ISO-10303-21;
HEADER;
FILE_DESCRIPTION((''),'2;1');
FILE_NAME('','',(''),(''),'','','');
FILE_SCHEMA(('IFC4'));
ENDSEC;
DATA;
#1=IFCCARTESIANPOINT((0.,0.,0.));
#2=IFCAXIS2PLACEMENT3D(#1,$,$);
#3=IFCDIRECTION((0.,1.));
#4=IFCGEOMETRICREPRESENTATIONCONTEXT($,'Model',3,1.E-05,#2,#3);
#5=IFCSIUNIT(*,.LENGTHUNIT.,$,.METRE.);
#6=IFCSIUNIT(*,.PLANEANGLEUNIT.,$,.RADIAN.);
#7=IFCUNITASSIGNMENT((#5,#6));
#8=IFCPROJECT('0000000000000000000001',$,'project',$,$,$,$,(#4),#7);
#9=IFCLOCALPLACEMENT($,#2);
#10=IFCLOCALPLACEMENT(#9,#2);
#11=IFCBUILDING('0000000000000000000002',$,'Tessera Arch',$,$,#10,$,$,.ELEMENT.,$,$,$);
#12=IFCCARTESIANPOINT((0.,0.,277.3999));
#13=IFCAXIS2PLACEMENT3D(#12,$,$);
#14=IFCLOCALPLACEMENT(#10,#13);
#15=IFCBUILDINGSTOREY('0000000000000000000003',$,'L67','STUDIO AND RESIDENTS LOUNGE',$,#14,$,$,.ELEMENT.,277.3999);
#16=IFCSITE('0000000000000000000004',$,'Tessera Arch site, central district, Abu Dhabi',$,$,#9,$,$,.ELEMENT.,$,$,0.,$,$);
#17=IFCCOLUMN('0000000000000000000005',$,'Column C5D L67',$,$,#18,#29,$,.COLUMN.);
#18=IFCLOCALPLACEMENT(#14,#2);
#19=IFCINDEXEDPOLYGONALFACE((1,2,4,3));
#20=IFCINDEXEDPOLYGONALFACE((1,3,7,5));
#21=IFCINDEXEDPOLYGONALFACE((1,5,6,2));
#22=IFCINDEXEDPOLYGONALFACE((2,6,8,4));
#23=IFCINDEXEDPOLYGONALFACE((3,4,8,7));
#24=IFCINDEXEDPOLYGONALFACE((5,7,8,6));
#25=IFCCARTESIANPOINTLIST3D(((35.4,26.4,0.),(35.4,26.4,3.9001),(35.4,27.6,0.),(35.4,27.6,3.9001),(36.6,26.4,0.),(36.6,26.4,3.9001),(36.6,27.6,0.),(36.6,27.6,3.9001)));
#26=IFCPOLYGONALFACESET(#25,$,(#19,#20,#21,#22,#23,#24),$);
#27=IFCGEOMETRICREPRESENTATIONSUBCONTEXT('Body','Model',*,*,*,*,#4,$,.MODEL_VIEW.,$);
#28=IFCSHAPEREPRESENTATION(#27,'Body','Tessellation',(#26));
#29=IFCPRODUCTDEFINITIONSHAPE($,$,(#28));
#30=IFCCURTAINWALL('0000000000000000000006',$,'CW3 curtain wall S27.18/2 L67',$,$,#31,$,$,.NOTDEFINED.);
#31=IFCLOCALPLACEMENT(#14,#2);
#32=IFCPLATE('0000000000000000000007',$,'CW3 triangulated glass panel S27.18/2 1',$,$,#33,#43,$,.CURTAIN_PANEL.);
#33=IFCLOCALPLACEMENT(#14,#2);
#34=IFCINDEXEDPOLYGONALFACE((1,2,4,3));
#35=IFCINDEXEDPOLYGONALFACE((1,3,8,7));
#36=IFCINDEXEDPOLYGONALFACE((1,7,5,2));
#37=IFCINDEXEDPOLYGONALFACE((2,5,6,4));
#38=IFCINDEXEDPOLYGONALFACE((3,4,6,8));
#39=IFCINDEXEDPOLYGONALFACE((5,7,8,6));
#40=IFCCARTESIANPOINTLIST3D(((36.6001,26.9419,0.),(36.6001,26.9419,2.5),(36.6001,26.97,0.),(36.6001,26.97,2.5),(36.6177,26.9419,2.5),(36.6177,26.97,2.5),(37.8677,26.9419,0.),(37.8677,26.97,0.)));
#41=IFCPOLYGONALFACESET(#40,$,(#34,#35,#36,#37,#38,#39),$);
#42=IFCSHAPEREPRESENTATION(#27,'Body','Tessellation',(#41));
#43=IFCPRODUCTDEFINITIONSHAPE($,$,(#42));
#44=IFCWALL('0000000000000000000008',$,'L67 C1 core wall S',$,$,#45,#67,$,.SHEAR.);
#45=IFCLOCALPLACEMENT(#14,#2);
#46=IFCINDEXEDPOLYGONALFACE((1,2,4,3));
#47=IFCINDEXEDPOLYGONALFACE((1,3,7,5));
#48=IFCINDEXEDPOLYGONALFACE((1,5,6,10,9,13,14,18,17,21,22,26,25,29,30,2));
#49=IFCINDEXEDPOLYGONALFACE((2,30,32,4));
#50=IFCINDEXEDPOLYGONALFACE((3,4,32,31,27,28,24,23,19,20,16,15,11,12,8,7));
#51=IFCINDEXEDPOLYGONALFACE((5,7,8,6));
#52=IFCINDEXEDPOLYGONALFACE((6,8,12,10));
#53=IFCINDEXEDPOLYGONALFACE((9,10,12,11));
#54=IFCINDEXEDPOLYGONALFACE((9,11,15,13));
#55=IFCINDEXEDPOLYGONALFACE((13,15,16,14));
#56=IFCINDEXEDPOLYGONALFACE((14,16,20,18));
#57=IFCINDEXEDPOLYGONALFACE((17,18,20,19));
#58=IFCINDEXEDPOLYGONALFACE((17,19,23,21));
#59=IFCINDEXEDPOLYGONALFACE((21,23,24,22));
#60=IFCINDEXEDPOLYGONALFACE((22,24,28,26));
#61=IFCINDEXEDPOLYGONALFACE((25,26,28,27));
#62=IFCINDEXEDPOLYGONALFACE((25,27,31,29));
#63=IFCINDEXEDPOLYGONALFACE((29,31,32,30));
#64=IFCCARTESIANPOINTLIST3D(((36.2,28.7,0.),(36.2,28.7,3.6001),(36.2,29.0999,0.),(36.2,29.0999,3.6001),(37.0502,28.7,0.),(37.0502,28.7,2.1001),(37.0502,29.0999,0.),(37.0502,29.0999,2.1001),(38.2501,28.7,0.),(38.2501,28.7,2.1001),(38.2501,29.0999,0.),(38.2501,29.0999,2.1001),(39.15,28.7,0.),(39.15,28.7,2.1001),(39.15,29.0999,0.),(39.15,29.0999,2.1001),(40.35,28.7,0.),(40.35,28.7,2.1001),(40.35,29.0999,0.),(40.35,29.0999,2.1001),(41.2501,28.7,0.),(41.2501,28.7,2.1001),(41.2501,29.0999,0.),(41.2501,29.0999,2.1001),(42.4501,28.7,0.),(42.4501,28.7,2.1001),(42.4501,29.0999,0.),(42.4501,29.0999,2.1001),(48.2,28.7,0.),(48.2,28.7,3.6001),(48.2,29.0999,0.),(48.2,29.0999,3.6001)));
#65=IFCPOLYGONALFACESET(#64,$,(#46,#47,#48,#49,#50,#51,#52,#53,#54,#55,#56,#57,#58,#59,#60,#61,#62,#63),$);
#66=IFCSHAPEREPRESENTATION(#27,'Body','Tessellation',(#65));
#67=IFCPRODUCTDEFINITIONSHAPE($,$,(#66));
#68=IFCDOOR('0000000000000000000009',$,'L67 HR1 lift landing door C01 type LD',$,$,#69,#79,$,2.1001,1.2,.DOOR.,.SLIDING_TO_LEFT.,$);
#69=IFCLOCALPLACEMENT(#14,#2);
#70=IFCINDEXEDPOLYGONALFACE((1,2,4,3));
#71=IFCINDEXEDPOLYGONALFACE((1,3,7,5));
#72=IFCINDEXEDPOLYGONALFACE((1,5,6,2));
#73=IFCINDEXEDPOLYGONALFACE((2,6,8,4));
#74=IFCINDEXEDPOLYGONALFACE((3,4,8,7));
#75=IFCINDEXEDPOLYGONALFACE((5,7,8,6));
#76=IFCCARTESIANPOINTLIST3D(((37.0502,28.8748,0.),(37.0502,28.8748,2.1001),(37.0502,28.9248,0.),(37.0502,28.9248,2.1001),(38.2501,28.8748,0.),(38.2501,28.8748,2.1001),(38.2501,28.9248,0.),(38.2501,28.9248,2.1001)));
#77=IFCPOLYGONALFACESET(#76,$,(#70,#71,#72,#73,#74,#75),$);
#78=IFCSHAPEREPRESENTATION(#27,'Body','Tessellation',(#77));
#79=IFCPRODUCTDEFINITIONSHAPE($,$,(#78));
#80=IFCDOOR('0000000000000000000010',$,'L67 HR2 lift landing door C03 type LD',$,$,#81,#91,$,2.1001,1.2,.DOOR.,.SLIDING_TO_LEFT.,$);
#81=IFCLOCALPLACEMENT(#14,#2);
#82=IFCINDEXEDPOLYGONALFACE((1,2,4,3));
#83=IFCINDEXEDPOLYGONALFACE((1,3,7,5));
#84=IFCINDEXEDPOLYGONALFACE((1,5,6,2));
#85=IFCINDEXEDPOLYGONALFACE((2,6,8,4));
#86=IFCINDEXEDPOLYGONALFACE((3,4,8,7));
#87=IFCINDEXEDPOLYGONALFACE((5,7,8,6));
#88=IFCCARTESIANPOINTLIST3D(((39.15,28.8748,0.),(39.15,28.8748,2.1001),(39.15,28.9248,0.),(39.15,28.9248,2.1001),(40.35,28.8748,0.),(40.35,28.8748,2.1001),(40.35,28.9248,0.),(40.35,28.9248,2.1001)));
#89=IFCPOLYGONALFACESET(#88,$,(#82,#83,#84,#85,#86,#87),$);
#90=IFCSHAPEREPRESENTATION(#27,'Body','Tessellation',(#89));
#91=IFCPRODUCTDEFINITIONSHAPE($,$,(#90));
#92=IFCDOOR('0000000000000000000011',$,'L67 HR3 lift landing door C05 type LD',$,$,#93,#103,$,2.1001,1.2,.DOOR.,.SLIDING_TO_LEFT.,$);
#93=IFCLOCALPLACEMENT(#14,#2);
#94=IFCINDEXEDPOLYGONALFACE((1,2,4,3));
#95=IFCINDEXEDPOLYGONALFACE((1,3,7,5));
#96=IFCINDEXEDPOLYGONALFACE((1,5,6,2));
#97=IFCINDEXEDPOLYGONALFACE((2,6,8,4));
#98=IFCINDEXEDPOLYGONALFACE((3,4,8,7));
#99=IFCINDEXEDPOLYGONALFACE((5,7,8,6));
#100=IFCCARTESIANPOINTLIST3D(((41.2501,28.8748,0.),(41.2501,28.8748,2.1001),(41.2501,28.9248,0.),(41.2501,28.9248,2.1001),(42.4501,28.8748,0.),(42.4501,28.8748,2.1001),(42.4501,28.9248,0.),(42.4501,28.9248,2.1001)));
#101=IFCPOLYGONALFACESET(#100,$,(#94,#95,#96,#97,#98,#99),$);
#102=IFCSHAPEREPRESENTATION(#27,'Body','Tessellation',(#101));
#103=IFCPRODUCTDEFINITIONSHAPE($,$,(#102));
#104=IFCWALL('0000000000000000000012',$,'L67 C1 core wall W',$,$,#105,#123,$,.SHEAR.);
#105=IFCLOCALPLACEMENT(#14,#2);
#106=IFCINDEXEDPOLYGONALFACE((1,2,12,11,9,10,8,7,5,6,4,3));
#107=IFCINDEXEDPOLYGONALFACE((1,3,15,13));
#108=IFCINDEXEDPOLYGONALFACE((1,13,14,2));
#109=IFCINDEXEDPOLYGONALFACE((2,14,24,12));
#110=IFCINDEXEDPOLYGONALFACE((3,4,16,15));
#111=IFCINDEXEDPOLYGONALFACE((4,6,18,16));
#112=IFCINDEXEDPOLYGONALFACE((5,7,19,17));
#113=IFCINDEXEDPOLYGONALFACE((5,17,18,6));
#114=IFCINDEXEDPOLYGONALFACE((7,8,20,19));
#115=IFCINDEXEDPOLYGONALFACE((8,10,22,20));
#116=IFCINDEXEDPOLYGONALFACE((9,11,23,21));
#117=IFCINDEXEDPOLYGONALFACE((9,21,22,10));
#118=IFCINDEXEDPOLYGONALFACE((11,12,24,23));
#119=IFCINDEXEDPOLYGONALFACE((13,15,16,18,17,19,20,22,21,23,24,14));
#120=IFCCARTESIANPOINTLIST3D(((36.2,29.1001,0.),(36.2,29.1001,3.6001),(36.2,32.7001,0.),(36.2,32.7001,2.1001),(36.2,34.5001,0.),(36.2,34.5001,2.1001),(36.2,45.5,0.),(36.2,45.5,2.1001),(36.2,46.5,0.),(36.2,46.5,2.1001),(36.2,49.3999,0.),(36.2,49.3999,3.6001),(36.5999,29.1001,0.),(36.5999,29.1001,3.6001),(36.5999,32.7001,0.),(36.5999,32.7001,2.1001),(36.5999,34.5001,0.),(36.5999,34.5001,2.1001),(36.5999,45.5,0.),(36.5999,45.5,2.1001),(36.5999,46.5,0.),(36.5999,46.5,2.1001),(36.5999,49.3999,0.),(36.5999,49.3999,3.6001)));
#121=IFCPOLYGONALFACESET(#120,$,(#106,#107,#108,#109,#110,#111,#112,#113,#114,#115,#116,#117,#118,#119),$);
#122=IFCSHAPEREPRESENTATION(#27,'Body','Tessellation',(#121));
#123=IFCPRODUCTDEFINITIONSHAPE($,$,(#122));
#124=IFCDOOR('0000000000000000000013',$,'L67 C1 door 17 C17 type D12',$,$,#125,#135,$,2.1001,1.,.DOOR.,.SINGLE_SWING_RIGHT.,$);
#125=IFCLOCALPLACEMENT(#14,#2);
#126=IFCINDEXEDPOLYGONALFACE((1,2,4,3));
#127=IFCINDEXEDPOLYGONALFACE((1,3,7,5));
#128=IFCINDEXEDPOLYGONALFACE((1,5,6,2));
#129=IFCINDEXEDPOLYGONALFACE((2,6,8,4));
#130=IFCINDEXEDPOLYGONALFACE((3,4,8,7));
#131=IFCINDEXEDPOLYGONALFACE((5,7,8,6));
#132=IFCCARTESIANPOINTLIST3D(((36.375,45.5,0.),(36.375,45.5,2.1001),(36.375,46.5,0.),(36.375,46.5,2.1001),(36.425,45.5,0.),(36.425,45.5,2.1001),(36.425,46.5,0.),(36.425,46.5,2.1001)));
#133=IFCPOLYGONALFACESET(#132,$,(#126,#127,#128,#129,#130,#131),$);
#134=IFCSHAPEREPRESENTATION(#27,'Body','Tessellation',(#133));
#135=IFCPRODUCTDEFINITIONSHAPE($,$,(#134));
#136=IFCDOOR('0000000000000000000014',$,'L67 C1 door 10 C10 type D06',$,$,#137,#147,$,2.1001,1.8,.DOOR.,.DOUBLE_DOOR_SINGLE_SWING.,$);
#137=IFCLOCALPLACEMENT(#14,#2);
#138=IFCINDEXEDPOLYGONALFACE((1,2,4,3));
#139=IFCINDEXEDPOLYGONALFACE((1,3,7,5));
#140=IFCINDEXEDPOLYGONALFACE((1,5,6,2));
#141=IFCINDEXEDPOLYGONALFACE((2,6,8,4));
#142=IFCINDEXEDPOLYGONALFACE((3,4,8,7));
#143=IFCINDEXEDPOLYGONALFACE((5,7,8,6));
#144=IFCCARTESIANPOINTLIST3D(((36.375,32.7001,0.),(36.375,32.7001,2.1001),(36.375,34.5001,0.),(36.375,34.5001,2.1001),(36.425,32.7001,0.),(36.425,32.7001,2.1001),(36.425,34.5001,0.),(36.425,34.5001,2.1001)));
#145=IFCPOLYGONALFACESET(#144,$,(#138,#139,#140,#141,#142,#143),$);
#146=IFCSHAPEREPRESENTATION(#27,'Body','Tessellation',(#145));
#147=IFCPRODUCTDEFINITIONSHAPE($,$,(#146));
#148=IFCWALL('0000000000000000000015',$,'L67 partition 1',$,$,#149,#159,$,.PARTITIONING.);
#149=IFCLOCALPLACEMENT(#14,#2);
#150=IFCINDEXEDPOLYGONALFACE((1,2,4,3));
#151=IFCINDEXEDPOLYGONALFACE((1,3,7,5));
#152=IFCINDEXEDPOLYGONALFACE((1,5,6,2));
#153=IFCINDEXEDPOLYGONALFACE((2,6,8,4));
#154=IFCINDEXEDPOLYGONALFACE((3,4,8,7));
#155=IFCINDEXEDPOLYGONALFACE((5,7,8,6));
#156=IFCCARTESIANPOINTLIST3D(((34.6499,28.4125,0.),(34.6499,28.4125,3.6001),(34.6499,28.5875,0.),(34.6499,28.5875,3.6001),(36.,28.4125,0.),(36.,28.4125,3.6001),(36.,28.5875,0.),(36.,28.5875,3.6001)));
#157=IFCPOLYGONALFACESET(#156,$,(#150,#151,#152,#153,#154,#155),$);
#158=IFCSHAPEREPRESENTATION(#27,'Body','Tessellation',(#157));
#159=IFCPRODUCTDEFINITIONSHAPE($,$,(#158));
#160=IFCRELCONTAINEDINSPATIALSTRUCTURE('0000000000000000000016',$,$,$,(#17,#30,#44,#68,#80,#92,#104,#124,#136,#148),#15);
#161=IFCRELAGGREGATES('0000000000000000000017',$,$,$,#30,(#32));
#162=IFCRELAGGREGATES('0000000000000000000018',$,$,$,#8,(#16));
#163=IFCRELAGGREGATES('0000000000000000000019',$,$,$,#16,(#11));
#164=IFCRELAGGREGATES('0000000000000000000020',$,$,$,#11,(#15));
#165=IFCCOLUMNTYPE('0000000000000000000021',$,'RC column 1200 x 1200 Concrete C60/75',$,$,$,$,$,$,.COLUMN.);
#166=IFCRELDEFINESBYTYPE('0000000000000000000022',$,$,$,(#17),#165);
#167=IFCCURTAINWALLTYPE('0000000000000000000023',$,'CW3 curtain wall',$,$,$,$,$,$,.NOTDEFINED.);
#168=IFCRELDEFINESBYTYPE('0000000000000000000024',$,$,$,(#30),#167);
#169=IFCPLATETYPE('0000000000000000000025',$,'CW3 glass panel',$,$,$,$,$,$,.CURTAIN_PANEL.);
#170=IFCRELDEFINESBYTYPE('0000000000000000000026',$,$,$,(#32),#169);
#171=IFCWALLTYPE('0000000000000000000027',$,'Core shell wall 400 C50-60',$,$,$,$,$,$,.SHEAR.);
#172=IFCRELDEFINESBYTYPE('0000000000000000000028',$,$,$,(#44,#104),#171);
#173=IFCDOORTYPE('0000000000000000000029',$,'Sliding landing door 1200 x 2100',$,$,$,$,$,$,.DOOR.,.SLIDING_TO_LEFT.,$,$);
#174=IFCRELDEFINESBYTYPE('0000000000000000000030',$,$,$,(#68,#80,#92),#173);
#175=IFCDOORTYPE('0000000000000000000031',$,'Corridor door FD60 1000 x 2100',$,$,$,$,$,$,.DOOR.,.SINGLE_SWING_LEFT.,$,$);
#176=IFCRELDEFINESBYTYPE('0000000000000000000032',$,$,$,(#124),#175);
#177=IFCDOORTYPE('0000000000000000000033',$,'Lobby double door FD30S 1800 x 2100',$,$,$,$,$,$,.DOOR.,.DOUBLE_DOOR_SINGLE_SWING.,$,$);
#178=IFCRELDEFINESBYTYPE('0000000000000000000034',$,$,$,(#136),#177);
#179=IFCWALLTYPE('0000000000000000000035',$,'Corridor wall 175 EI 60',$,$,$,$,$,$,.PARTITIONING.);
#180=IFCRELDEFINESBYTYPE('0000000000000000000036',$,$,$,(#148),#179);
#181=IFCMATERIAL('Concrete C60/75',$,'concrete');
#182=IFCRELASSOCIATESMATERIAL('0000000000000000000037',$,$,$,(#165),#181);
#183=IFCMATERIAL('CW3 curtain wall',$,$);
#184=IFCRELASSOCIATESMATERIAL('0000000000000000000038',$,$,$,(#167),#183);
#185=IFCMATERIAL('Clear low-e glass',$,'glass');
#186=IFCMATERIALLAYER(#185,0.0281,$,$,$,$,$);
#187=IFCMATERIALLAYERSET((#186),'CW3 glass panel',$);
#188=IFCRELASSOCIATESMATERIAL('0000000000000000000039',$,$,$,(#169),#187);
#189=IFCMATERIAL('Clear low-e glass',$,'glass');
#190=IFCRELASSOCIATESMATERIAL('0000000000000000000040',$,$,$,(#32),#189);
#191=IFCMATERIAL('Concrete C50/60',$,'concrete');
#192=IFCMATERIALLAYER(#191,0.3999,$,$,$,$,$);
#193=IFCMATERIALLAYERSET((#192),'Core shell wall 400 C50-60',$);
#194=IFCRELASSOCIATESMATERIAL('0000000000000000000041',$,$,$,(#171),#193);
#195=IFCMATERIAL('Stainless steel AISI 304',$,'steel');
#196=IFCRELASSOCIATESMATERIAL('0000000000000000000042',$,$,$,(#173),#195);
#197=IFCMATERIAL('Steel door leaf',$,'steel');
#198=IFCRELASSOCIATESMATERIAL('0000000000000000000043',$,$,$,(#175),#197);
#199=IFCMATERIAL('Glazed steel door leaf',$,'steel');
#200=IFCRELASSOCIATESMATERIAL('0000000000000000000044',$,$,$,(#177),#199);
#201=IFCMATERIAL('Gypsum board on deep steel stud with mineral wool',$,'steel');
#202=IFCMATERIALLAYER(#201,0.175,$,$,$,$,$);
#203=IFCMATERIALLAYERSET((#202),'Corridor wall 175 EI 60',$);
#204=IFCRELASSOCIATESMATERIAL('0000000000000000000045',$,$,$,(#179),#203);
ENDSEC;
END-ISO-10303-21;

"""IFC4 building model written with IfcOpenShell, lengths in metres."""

from ifc_helpers import new_model, si_unit, direction, frame, frame_2d, origin, origin_2d, place, context, subcontext, project, spatial, polyline, rectangle, outline, extrude, material, layer, layer_set, material_profile, profile_set, type_object, element, fill, aggregate, save


model = new_model("IFC4")

# Units and contexts
model_context = context("Model", 3, precision=1e-05, world=origin(), true_north=direction((0.0, 1.0)))
body_context = subcontext(model_context, "Body", "Model", "MODEL_VIEW")
ifc_project = project(units=[si_unit("LENGTHUNIT", "METRE"), si_unit("PLANEANGLEUNIT", "RADIAN")], contexts=[model_context])

# Site, building, storey
site_placement = place(None, origin())
site = spatial("IfcSite", under=ifc_project, at=site_placement, Name="Tessera Arch site, central district, Abu Dhabi", CompositionType="ELEMENT", RefElevation=0.0)
building_placement = place(site_placement, origin())
building = spatial("IfcBuilding", under=site, at=building_placement, Name="Tessera Arch", CompositionType="ELEMENT")
storey_placement = place(building_placement, frame((0.0, 0.0, 277.3999)))
storey = spatial("IfcBuildingStorey", under=building, at=storey_placement, Name="L67", Description="STUDIO AND RESIDENTS LOUNGE", CompositionType="ELEMENT", Elevation=277.3999)

# Column
ifc_material_1 = material(Name="Concrete C60/75", Category="concrete")
ifc_material_profile = material_profile(ifc_material_1, rectangle(XDim=1.2, YDim=1.2, at=origin_2d()), Name="RC column 1200 x 1200 Concrete C60/75")
ifc_profile_set = profile_set([ifc_material_profile], Name="Concrete C60/75")
column_type = type_object("IfcColumnType", Name="RC column 1200 x 1200 Concrete C60/75", PredefinedType="COLUMN", material=ifc_profile_set)
column_placement = place(storey_placement, frame((36.0, 27.0, 0.0), z_axis=(0.0, 0.0, 1.0), x_axis=(1.0, 0.0, 0.0)))
element("IfcColumn", 1, at=column_placement, inside=storey, type_object=column_type, Name="Column C5D L67", PredefinedType="COLUMN", context=body_context, shape_type="SweptSolid", body=[
    extrude(rectangle(XDim=1.2, YDim=1.2, at=origin_2d()), origin(), (0.0, 0.0, 1.0), 3.9001),
])

# Curtain wall, plate
ifc_material_2 = material(Name="CW3 curtain wall")
curtain_wall_type = type_object("IfcCurtainWallType", Name="CW3 curtain wall", PredefinedType="NOTDEFINED", material=ifc_material_2)
curtain_wall_placement = place(storey_placement, origin())
curtain_wall = element("IfcCurtainWall", 2, at=curtain_wall_placement, inside=storey, type_object=curtain_wall_type, Name="CW3 curtain wall S27.18/2 L67", PredefinedType="NOTDEFINED")
ifc_material_3 = material(Name="Clear low-e glass", Category="glass")
ifc_material_4 = material(Name="Clear low-e glass", Category="glass")
ifc_layer_1 = layer(ifc_material_4, 0.0281)
ifc_layer_set_1 = layer_set([ifc_layer_1], Name="CW3 glass panel")
plate_type = type_object("IfcPlateType", Name="CW3 glass panel", PredefinedType="CURTAIN_PANEL", material=ifc_layer_set_1)
plate_placement = place(storey_placement, frame((36.6001, 26.9419, 0.0), z_axis=(0.0, -1.0, 0.0), x_axis=(1.0, 0.0, 0.0)))
plate = element("IfcPlate", 3, at=plate_placement, type_object=plate_type, material=ifc_material_3, Name="CW3 triangulated glass panel S27.18/2 1", PredefinedType="CURTAIN_PANEL", context=body_context, shape_type="SweptSolid", body=[
    extrude(outline(polyline([(0.0, 0.0), (1.2676, 0.0), (0.0176, 2.5), (0.0, 2.5), (0.0, 0.0)])), origin(), (0.0, 0.0, -1.0), 0.0281),
])
aggregate(curtain_wall, [plate])

# Walls, openings, doors
ifc_material_5 = material(Name="Concrete C50/60", Category="concrete")
ifc_layer_2 = layer(ifc_material_5, 0.3999)
ifc_layer_set_2 = layer_set([ifc_layer_2], Name="Core shell wall 400 C50-60")
wall_type_1 = type_object("IfcWallType", Name="Core shell wall 400 C50-60", PredefinedType="SHEAR", material=ifc_layer_set_2)
wall_1_placement = place(storey_placement, frame((36.2, 28.8999, 0.0), z_axis=(0.0, 0.0, 1.0), x_axis=(1.0, 0.0, 0.0)))
wall_1 = element("IfcWall", 4, at=wall_1_placement, inside=storey, type_object=wall_type_1, Name="L67 C1 core wall S", PredefinedType="SHEAR", context=body_context, shape_type="SweptSolid", body=[
    extrude(rectangle(XDim=12.0, YDim=0.3999, at=frame_2d((6.0, 0.0))), origin(), (0.0, 0.0, 1.0), 3.6001),
])
opening_1_placement = place(wall_1_placement, frame((0.8501, 0.0, 0.0)))
opening_1 = element("IfcOpeningElement", 5, at=opening_1_placement, cuts=wall_1, PredefinedType="OPENING", context=body_context, shape_type="SweptSolid", body=[
    extrude(rectangle(XDim=1.2, YDim=2.1001, at=frame_2d((0.6001, 1.05))), frame((0.0, 0.21, 0.0), z_axis=(0.0, -1.0, 0.0), x_axis=(1.0, 0.0, 0.0)), (0.0, 0.0, 1.0), 0.4199),
])
opening_2_placement = place(wall_1_placement, frame((2.95, 0.0, 0.0)))
opening_2 = element("IfcOpeningElement", 6, at=opening_2_placement, cuts=wall_1, PredefinedType="OPENING", context=body_context, shape_type="SweptSolid", body=[
    extrude(rectangle(XDim=1.2, YDim=2.1001, at=frame_2d((0.6001, 1.05))), frame((0.0, 0.21, 0.0), z_axis=(0.0, -1.0, 0.0), x_axis=(1.0, 0.0, 0.0)), (0.0, 0.0, 1.0), 0.4199),
])
opening_3_placement = place(wall_1_placement, frame((5.05, 0.0, 0.0)))
opening_3 = element("IfcOpeningElement", 7, at=opening_3_placement, cuts=wall_1, PredefinedType="OPENING", context=body_context, shape_type="SweptSolid", body=[
    extrude(rectangle(XDim=1.2, YDim=2.1001, at=frame_2d((0.6001, 1.05))), frame((0.0, 0.21, 0.0), z_axis=(0.0, -1.0, 0.0), x_axis=(1.0, 0.0, 0.0)), (0.0, 0.0, 1.0), 0.4199),
])
ifc_material_6 = material(Name="Stainless steel AISI 304", Category="steel")
door_type_1 = type_object("IfcDoorType", Name="Sliding landing door 1200 x 2100", OperationType="SLIDING_TO_LEFT", PredefinedType="DOOR", material=ifc_material_6)
door_1_placement = place(opening_1_placement, origin())
door_1 = element("IfcDoor", 8, at=door_1_placement, inside=storey, type_object=door_type_1, Name="L67 HR1 lift landing door C01 type LD", OperationType="SLIDING_TO_LEFT", OverallHeight=2.1001, OverallWidth=1.2, PredefinedType="DOOR", context=body_context, shape_type="SweptSolid", body=[
    extrude(rectangle(XDim=1.2, YDim=2.1001, at=frame_2d((0.6001, 1.05))), frame((0.0, 0.0249, 0.0), z_axis=(0.0, -1.0, 0.0), x_axis=(1.0, 0.0, 0.0)), (0.0, 0.0, 1.0), 0.05),
])
fill(opening_1, door_1)
door_2_placement = place(opening_2_placement, origin())
door_2 = element("IfcDoor", 9, at=door_2_placement, inside=storey, type_object=door_type_1, Name="L67 HR2 lift landing door C03 type LD", OperationType="SLIDING_TO_LEFT", OverallHeight=2.1001, OverallWidth=1.2, PredefinedType="DOOR", context=body_context, shape_type="SweptSolid", body=[
    extrude(rectangle(XDim=1.2, YDim=2.1001, at=frame_2d((0.6001, 1.05))), frame((0.0, 0.0249, 0.0), z_axis=(0.0, -1.0, 0.0), x_axis=(1.0, 0.0, 0.0)), (0.0, 0.0, 1.0), 0.05),
])
fill(opening_2, door_2)
door_3_placement = place(opening_3_placement, origin())
door_3 = element("IfcDoor", 10, at=door_3_placement, inside=storey, type_object=door_type_1, Name="L67 HR3 lift landing door C05 type LD", OperationType="SLIDING_TO_LEFT", OverallHeight=2.1001, OverallWidth=1.2, PredefinedType="DOOR", context=body_context, shape_type="SweptSolid", body=[
    extrude(rectangle(XDim=1.2, YDim=2.1001, at=frame_2d((0.6001, 1.05))), frame((0.0, 0.0249, 0.0), z_axis=(0.0, -1.0, 0.0), x_axis=(1.0, 0.0, 0.0)), (0.0, 0.0, 1.0), 0.05),
])
fill(opening_3, door_3)
wall_2_placement = place(storey_placement, frame((36.3999, 29.1001, 0.0), z_axis=(0.0, 0.0, 1.0), x_axis=(0.0, 1.0, 0.0)))
wall_2 = element("IfcWall", 11, at=wall_2_placement, inside=storey, type_object=wall_type_1, Name="L67 C1 core wall W", PredefinedType="SHEAR", context=body_context, shape_type="SweptSolid", body=[
    extrude(rectangle(XDim=20.2998, YDim=0.3999, at=frame_2d((10.1499, 0.0))), origin(), (0.0, 0.0, 1.0), 3.6001),
])
opening_4_placement = place(wall_2_placement, frame((3.6001, 0.0, 0.0)))
opening_4 = element("IfcOpeningElement", 12, at=opening_4_placement, cuts=wall_2, PredefinedType="OPENING", context=body_context, shape_type="SweptSolid", body=[
    extrude(rectangle(XDim=1.8, YDim=2.1001, at=frame_2d((0.8999, 1.05))), frame((0.0, 0.21, 0.0), z_axis=(0.0, -1.0, 0.0), x_axis=(1.0, 0.0, 0.0)), (0.0, 0.0, 1.0), 0.4199),
])
opening_5_placement = place(wall_2_placement, frame((16.3999, 0.0, 0.0)))
opening_5 = element("IfcOpeningElement", 13, at=opening_5_placement, cuts=wall_2, PredefinedType="OPENING", context=body_context, shape_type="SweptSolid", body=[
    extrude(rectangle(XDim=1.0, YDim=2.1001, at=frame_2d((0.5, 1.05))), frame((0.0, 0.21, 0.0), z_axis=(0.0, -1.0, 0.0), x_axis=(1.0, 0.0, 0.0)), (0.0, 0.0, 1.0), 0.4199),
])
ifc_material_7 = material(Name="Steel door leaf", Category="steel")
door_type_2 = type_object("IfcDoorType", Name="Corridor door FD60 1000 x 2100", OperationType="SINGLE_SWING_LEFT", PredefinedType="DOOR", material=ifc_material_7)
door_4_placement = place(opening_5_placement, origin())
door_4 = element("IfcDoor", 14, at=door_4_placement, inside=storey, type_object=door_type_2, Name="L67 C1 door 17 C17 type D12", OperationType="SINGLE_SWING_RIGHT", OverallHeight=2.1001, OverallWidth=1.0, PredefinedType="DOOR", context=body_context, shape_type="SweptSolid", body=[
    extrude(rectangle(XDim=1.0, YDim=2.1001, at=frame_2d((0.5, 1.05))), frame((0.0, 0.0249, 0.0), z_axis=(0.0, -1.0, 0.0), x_axis=(1.0, 0.0, 0.0)), (0.0, 0.0, 1.0), 0.05),
])
fill(opening_5, door_4)
ifc_material_8 = material(Name="Glazed steel door leaf", Category="steel")
door_type_3 = type_object("IfcDoorType", Name="Lobby double door FD30S 1800 x 2100", OperationType="DOUBLE_DOOR_SINGLE_SWING", PredefinedType="DOOR", material=ifc_material_8)
door_5_placement = place(opening_4_placement, origin())
door_5 = element("IfcDoor", 15, at=door_5_placement, inside=storey, type_object=door_type_3, Name="L67 C1 door 10 C10 type D06", OperationType="DOUBLE_DOOR_SINGLE_SWING", OverallHeight=2.1001, OverallWidth=1.8, PredefinedType="DOOR", context=body_context, shape_type="SweptSolid", body=[
    extrude(rectangle(XDim=1.8, YDim=2.1001, at=frame_2d((0.8999, 1.05))), frame((0.0, 0.0249, 0.0), z_axis=(0.0, -1.0, 0.0), x_axis=(1.0, 0.0, 0.0)), (0.0, 0.0, 1.0), 0.05),
])
fill(opening_4, door_5)

# Wall
ifc_material_9 = material(Name="Gypsum board on deep steel stud with mineral wool", Category="steel")
ifc_layer_3 = layer(ifc_material_9, 0.175)
ifc_layer_set_3 = layer_set([ifc_layer_3], Name="Corridor wall 175 EI 60")
wall_type_2 = type_object("IfcWallType", Name="Corridor wall 175 EI 60", PredefinedType="PARTITIONING", material=ifc_layer_set_3)
wall_3_placement = place(storey_placement, frame((34.6499, 28.5, 0.0), z_axis=(0.0, 0.0, 1.0), x_axis=(1.0, 0.0, 0.0)))
element("IfcWall", 16, at=wall_3_placement, inside=storey, type_object=wall_type_2, Name="L67 partition 1", PredefinedType="PARTITIONING", context=body_context, shape_type="SweptSolid", body=[
    extrude(rectangle(XDim=1.3501, YDim=0.175, at=frame_2d((0.675, 0.0))), origin(), (0.0, 0.0, 1.0), 3.6001),
])

save(model, "model.ifc")
